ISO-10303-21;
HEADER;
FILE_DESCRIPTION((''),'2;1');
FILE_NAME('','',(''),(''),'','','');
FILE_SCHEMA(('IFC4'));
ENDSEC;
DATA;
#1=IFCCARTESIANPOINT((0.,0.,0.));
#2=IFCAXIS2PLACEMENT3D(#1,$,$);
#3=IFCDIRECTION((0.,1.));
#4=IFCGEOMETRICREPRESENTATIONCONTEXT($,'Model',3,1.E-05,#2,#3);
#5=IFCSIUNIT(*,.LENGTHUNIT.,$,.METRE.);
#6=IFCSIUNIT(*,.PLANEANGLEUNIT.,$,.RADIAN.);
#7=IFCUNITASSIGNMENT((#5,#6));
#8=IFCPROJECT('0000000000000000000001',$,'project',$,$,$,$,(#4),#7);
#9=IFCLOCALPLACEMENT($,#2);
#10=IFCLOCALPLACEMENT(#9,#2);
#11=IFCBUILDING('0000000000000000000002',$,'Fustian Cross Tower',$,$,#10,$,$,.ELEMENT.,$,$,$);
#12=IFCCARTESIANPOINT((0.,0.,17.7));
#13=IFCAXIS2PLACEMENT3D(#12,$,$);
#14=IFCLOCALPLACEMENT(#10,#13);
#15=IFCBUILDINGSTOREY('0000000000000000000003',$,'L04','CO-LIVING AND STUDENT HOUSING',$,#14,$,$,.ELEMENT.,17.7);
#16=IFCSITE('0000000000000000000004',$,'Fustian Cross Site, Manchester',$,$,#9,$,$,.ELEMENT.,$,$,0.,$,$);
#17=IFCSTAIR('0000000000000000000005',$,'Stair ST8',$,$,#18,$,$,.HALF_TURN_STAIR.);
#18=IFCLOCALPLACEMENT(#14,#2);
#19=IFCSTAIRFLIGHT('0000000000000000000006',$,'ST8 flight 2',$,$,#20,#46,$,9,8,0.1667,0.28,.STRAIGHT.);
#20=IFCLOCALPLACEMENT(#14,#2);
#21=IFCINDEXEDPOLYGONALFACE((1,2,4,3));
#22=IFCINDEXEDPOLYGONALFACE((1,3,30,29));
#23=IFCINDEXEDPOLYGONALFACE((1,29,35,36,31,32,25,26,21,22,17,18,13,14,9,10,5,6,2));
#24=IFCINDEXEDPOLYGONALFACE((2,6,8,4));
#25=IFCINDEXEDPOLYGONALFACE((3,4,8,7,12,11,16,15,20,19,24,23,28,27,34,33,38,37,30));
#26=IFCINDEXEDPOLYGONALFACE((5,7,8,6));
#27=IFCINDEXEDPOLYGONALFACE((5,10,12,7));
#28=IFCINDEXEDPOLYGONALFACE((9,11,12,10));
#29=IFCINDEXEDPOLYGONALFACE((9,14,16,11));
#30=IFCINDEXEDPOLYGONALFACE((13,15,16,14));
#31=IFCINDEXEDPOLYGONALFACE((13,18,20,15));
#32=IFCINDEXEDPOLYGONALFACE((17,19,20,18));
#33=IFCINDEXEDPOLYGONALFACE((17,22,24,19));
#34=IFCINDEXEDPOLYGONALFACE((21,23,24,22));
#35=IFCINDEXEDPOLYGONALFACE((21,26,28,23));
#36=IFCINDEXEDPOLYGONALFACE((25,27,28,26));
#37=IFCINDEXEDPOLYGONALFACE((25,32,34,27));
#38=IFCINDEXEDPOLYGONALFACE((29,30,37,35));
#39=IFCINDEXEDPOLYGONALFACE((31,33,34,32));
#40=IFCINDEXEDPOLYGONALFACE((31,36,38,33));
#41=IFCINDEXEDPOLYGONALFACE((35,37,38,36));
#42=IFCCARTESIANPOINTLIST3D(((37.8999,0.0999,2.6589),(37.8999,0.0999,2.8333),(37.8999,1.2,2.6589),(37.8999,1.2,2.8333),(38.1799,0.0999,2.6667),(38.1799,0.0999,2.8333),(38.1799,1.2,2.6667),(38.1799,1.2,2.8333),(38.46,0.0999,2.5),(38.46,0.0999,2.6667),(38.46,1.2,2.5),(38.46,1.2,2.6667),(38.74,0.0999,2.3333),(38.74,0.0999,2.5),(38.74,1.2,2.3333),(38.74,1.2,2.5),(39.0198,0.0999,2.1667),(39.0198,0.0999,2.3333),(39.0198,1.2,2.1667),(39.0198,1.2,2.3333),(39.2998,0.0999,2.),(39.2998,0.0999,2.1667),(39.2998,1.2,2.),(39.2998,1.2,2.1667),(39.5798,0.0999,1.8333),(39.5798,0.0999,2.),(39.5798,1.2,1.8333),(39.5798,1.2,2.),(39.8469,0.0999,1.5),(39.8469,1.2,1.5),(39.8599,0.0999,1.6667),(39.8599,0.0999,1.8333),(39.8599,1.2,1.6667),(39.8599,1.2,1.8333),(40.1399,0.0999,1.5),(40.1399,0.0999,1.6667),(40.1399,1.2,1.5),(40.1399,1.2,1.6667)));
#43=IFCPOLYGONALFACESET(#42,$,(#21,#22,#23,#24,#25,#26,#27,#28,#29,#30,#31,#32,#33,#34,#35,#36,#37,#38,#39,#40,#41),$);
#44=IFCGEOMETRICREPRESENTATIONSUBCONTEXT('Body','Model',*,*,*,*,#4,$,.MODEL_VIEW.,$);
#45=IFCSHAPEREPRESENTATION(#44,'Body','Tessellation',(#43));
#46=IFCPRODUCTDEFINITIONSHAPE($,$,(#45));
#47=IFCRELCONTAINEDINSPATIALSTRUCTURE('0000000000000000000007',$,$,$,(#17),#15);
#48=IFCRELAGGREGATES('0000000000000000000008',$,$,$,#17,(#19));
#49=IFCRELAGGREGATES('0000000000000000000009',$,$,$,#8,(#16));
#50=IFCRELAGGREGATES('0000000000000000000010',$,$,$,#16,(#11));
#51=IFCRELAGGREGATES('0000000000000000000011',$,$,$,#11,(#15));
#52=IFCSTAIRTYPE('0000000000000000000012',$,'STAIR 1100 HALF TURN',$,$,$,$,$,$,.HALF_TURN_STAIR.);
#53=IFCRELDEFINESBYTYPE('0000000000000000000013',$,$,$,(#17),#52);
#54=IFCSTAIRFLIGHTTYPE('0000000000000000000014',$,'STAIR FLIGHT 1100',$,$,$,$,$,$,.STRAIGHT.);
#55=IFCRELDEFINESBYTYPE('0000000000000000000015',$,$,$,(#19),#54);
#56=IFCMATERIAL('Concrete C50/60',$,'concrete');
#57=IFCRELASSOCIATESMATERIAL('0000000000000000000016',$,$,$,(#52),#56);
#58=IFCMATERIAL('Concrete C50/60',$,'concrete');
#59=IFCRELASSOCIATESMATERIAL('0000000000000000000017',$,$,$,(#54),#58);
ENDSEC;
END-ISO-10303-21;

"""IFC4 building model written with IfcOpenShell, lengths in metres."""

from ifc_helpers import new_model, si_unit, direction, frame, origin, place, context, subcontext, project, spatial, polyline, outline, extrude, material, type_object, element, aggregate, save


model = new_model("IFC4")

# Units and contexts
model_context = context("Model", 3, precision=1e-05, world=origin(), true_north=direction((0.0, 1.0)))
body_context = subcontext(model_context, "Body", "Model", "MODEL_VIEW")
ifc_project = project(units=[si_unit("LENGTHUNIT", "METRE"), si_unit("PLANEANGLEUNIT", "RADIAN")], contexts=[model_context])

# Site, building, storey
site_placement = place(None, origin())
site = spatial("IfcSite", under=ifc_project, at=site_placement, Name="Fustian Cross Site, Manchester", CompositionType="ELEMENT", RefElevation=0.0)
building_placement = place(site_placement, origin())
building = spatial("IfcBuilding", under=site, at=building_placement, Name="Fustian Cross Tower", CompositionType="ELEMENT")
storey_placement = place(building_placement, frame((0.0, 0.0, 17.7)))
storey = spatial("IfcBuildingStorey", under=building, at=storey_placement, Name="L04", Description="CO-LIVING AND STUDENT HOUSING", CompositionType="ELEMENT", Elevation=17.7)

# Stair, stair flight
ifc_material_1 = material(Name="Concrete C50/60", Category="concrete")
stair_type = type_object("IfcStairType", Name="STAIR 1100 HALF TURN", PredefinedType="HALF_TURN_STAIR", material=ifc_material_1)
stair_placement = place(storey_placement, origin())
stair = element("IfcStair", 1, at=stair_placement, inside=storey, type_object=stair_type, Name="Stair ST8", PredefinedType="HALF_TURN_STAIR")
ifc_material_2 = material(Name="Concrete C50/60", Category="concrete")
stair_flight_type = type_object("IfcStairFlightType", Name="STAIR FLIGHT 1100", PredefinedType="STRAIGHT", material=ifc_material_2)
stair_flight_placement = place(storey_placement, frame((40.1399, 0.6499, 1.5), z_axis=(0.0, 0.0, 1.0), x_axis=(-1.0, 0.0, 0.0)))
stair_flight = element("IfcStairFlight", 2, at=stair_flight_placement, type_object=stair_flight_type, Name="ST8 flight 2", NumberOfRisers=9, NumberOfTreads=8, PredefinedType="STRAIGHT", RiserHeight=0.1667, TreadLength=0.28, context=body_context, shape_type="SweptSolid", body=[
    extrude(outline(polyline([(0.0, 0.0), (0.0, 0.1667), (0.28, 0.1667), (0.28, 0.3333), (0.5601, 0.3333), (0.5601, 0.5), (0.8401, 0.5), (0.8401, 0.6667), (1.1201, 0.6667), (1.1201, 0.8333), (1.3999, 0.8333), (1.3999, 1.0), (1.6799, 1.0), (1.6799, 1.1667), (1.96, 1.1667), (1.96, 1.3333), (2.24, 1.3333), (2.24, 1.5), (2.24, 1.1589), (0.293, 0.0), (0.0, 0.0)])), frame((0.0, 0.55, 0.0), z_axis=(0.0, -1.0, 0.0), x_axis=(1.0, 0.0, 0.0)), (0.0, 0.0, 1.0), 1.1001),
])
aggregate(stair, [stair_flight])

save(model, "model.ifc")
